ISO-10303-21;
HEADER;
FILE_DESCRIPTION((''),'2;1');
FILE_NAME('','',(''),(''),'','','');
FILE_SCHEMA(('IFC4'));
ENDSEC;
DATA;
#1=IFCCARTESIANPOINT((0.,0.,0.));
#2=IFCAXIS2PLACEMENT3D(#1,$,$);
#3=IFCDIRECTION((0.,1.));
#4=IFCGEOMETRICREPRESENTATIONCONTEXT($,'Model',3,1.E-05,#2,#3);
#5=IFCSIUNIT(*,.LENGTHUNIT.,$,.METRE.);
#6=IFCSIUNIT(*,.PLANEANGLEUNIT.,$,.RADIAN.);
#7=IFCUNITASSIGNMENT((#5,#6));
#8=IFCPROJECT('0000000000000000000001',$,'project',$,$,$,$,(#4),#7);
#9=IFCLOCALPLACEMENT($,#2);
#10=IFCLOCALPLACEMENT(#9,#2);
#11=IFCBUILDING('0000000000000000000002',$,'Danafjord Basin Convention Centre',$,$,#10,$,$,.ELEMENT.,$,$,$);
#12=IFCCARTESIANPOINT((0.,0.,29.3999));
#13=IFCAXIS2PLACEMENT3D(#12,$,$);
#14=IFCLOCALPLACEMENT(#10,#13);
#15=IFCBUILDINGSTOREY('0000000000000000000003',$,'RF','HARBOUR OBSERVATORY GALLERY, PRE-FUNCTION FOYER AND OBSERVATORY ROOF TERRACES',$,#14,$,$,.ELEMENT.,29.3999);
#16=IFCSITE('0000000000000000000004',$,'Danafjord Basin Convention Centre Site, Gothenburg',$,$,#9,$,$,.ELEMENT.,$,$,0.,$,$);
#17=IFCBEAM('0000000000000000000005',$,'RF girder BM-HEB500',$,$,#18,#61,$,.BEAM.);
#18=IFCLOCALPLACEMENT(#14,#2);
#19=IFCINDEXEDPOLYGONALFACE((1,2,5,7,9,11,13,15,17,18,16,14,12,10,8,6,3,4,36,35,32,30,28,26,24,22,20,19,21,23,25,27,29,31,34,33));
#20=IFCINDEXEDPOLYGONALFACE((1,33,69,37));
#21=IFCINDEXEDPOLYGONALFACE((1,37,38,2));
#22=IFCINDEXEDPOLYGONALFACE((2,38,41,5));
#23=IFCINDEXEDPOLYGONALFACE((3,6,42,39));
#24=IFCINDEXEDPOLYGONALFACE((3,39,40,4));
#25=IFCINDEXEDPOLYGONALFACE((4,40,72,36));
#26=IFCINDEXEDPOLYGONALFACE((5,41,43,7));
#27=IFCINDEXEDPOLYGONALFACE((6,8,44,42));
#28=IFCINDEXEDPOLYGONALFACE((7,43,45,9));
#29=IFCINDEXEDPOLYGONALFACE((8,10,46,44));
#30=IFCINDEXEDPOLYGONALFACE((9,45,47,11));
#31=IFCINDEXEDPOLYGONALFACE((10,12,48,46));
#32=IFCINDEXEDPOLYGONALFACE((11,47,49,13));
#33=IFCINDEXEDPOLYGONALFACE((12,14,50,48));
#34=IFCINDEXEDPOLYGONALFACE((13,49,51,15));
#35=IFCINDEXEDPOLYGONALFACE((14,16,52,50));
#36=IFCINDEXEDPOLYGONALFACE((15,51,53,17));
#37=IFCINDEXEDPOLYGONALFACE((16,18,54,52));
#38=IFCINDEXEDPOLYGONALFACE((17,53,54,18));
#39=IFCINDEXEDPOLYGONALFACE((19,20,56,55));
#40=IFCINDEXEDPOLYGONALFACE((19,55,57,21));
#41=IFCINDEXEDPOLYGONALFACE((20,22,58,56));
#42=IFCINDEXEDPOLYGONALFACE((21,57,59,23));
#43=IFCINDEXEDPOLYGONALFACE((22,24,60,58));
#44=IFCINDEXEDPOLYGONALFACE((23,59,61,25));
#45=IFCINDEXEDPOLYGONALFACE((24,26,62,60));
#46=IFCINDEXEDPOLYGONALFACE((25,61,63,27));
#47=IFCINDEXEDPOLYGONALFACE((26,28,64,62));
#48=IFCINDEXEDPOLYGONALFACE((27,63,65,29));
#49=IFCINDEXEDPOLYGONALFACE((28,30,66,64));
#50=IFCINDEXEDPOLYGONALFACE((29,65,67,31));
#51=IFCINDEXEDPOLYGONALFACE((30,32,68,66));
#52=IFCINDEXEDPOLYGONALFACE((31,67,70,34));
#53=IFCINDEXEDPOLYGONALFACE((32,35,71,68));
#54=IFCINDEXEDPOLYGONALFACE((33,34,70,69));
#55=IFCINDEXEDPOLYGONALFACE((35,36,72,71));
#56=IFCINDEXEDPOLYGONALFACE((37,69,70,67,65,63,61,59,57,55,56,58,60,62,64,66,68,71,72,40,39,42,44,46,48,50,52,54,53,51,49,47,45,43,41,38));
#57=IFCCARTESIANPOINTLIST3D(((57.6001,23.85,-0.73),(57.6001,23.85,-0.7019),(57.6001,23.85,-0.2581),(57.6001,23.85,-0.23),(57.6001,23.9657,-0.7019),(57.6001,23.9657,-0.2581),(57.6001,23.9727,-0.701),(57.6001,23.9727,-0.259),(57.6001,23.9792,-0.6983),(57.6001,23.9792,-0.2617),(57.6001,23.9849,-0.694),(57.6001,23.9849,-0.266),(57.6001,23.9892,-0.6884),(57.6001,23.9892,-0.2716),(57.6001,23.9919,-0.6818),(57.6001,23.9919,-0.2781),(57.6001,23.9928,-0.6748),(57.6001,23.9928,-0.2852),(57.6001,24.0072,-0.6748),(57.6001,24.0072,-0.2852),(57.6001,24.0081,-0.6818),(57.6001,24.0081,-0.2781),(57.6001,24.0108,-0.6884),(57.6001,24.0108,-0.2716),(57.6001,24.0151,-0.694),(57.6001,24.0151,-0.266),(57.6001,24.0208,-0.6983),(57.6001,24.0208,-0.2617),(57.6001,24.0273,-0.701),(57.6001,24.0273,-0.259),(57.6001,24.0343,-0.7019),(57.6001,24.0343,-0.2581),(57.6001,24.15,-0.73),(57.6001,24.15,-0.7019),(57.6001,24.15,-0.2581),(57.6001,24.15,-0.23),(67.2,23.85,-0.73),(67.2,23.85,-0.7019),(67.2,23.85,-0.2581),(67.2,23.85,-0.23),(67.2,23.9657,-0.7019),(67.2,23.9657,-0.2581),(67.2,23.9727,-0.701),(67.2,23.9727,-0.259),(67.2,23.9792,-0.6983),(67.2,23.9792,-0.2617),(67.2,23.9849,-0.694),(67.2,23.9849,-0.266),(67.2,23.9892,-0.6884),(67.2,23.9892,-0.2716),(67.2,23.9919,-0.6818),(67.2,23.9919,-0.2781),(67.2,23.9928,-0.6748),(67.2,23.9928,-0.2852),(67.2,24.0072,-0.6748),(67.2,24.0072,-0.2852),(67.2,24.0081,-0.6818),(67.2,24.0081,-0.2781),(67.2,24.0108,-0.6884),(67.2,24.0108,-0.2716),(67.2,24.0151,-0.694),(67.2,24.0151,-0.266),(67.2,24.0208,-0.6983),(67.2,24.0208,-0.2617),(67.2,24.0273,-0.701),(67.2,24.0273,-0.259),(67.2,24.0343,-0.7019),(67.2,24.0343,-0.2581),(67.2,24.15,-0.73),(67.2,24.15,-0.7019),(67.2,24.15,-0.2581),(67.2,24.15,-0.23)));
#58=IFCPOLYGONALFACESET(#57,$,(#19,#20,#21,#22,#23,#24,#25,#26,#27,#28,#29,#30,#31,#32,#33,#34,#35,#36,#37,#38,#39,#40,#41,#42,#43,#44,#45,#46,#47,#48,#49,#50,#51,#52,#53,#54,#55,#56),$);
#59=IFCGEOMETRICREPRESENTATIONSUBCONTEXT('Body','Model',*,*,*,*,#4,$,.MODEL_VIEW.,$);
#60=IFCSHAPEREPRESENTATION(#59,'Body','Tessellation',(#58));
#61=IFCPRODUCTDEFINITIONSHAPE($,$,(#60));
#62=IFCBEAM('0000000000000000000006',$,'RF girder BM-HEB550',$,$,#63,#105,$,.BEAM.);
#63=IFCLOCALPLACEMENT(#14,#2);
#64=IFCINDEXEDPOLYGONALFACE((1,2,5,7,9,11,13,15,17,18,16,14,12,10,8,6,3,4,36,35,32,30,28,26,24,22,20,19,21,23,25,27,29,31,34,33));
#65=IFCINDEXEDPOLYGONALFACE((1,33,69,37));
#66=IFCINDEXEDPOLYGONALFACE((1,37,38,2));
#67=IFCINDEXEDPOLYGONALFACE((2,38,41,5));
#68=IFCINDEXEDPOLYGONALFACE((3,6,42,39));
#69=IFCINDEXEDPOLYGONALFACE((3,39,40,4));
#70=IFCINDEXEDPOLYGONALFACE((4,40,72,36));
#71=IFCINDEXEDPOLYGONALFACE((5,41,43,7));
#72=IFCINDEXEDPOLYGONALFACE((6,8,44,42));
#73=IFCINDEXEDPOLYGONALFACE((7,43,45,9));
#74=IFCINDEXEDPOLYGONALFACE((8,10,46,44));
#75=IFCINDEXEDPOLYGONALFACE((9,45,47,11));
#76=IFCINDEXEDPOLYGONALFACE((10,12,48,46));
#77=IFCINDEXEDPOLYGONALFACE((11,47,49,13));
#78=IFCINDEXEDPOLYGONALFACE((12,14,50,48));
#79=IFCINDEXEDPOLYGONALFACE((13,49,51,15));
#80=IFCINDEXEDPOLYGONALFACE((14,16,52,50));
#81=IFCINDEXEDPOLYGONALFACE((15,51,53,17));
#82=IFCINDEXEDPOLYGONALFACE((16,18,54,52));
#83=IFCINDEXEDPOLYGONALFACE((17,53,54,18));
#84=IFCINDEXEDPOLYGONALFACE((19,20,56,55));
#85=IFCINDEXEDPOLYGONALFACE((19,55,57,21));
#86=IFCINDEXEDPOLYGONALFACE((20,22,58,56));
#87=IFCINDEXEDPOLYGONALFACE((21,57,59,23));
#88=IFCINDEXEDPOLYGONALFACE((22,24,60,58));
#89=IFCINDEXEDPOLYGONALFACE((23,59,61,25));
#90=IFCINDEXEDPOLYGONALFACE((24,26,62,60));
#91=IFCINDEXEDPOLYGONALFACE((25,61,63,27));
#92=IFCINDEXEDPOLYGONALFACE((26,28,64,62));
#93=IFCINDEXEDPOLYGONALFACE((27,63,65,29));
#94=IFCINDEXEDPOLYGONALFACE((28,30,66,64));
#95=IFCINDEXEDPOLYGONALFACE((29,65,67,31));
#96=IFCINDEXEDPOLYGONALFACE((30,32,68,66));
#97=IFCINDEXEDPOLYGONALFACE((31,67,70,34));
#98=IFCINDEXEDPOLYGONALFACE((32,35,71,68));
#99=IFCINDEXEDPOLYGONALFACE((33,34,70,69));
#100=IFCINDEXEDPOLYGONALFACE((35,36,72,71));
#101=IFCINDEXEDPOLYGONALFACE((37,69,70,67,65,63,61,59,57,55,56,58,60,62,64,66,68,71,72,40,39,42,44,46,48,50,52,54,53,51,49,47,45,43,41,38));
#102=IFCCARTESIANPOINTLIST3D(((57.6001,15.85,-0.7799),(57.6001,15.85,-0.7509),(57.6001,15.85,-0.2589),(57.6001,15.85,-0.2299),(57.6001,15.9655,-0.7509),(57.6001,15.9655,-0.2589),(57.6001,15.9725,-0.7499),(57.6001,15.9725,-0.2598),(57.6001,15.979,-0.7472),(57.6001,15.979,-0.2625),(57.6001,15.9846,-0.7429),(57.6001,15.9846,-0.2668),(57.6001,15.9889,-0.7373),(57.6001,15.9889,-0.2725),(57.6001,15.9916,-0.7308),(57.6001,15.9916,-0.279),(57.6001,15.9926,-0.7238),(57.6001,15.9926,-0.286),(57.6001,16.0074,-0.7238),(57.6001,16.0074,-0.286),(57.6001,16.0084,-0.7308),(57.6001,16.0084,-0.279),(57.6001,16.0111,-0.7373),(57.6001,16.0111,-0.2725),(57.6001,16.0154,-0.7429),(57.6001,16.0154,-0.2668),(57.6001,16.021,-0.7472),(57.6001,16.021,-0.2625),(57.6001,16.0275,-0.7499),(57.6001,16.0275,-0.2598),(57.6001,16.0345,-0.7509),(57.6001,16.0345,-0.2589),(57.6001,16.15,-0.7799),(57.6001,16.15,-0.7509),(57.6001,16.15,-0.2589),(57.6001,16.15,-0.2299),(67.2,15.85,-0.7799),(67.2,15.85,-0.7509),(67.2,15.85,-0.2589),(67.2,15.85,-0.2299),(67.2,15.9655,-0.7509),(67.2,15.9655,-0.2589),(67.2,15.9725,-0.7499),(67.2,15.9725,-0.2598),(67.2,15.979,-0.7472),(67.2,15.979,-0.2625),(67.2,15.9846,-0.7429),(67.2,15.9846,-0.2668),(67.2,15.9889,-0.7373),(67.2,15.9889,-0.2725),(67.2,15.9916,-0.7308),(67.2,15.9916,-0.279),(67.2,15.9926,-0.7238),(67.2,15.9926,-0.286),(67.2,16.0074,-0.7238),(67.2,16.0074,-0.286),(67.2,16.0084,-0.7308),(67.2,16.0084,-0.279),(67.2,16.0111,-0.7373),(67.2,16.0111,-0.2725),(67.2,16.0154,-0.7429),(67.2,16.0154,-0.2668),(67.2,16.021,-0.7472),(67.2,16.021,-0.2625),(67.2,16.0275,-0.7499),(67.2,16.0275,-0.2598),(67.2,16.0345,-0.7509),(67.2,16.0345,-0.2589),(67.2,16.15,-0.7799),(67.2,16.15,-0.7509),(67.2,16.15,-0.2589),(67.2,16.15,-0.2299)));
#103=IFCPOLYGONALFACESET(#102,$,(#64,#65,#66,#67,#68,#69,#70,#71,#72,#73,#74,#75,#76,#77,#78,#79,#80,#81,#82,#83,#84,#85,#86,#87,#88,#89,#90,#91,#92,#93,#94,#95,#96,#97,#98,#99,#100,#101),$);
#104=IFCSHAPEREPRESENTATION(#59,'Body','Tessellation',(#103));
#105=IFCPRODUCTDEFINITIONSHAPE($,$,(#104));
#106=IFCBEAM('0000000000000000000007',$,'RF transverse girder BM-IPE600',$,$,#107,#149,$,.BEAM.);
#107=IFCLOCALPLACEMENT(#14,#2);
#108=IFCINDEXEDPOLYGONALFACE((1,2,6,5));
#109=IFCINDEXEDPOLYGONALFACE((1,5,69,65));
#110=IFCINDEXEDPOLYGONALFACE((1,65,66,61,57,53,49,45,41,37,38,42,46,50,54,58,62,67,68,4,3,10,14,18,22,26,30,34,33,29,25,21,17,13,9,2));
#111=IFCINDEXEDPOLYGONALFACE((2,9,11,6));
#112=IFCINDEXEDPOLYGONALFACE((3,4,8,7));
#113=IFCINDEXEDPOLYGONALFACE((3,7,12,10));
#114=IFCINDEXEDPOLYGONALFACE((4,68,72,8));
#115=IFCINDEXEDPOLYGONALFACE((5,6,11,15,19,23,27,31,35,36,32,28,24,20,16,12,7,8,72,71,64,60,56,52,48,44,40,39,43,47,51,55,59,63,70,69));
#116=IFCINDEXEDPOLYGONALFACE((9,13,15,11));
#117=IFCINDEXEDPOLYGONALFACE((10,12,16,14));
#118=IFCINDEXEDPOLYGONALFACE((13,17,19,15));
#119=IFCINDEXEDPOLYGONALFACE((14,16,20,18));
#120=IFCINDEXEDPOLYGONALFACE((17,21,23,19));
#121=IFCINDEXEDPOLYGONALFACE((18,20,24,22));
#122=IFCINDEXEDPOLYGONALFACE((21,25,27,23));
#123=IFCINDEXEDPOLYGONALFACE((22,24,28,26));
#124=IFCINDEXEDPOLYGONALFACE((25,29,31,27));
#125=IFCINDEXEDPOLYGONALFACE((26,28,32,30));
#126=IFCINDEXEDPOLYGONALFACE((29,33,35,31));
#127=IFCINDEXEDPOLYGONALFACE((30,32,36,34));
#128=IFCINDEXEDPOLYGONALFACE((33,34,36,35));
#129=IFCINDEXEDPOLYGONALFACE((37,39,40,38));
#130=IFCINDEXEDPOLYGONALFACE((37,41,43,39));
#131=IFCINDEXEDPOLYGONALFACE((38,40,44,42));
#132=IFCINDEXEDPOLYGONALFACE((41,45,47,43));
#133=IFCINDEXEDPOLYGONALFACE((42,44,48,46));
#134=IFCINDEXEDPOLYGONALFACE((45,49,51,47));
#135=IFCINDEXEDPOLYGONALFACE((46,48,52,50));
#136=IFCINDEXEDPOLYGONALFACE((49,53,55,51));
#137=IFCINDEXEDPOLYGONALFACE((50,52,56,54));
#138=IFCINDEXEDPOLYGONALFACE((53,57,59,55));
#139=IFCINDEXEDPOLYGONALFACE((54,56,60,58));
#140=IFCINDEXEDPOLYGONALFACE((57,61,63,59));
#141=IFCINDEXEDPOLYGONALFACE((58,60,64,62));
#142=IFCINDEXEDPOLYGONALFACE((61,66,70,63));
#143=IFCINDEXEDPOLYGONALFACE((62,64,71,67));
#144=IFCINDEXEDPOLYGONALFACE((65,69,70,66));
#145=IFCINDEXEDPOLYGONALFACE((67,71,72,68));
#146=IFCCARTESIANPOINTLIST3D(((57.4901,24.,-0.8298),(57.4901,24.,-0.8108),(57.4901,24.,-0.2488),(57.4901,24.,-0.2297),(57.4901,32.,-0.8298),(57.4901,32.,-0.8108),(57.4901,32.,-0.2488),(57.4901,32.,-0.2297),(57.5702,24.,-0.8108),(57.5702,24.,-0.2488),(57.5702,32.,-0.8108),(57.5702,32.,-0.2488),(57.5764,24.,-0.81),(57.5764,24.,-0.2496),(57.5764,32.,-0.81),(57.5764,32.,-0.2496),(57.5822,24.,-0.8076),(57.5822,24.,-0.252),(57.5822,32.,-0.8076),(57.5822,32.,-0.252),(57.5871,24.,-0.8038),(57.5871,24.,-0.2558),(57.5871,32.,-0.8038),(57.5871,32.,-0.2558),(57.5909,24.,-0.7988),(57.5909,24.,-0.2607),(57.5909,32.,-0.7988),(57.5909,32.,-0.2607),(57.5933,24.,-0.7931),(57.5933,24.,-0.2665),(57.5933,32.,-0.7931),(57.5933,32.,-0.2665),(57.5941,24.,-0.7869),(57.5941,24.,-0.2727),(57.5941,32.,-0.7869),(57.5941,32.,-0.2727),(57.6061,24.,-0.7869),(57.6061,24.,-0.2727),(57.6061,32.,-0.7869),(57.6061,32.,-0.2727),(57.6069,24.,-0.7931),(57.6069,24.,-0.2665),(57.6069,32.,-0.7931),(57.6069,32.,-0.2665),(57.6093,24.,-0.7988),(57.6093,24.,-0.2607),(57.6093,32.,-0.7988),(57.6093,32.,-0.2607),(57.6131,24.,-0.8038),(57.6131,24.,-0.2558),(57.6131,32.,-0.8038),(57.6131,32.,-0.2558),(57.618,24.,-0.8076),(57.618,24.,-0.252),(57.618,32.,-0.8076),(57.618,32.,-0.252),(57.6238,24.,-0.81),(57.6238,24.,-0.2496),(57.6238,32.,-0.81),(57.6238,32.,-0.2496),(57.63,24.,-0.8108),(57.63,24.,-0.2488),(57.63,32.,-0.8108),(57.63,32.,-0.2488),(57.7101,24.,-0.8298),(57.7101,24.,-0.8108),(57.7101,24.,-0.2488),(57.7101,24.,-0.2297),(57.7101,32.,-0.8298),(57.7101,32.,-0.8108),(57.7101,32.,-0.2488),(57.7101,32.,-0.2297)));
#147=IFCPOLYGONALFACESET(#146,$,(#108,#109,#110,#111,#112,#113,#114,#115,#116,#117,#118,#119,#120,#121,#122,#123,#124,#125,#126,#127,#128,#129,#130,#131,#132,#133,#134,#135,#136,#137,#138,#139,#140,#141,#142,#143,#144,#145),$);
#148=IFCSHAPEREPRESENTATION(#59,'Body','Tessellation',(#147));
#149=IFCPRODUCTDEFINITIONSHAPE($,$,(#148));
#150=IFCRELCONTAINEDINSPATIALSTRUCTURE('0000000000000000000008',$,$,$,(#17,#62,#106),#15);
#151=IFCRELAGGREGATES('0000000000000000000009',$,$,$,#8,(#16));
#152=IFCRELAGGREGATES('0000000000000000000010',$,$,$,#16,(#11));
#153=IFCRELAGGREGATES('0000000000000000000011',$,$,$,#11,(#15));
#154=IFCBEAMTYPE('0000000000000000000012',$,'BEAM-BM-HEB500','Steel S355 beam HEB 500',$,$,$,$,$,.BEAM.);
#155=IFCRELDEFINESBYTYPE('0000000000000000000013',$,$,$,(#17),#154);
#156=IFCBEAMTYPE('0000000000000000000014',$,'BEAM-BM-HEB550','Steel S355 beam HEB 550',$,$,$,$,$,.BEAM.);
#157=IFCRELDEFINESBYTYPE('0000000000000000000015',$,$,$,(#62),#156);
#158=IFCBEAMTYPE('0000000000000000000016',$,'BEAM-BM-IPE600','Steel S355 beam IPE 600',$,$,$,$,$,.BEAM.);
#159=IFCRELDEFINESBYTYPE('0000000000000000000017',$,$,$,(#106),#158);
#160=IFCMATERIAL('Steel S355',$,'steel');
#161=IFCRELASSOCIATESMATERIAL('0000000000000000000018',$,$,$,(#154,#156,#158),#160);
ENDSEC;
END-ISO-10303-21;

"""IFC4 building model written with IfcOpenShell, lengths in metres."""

from ifc_helpers import new_model, si_unit, direction, frame, origin, origin_2d, place, context, subcontext, project, spatial, i_section, extrude, material, material_profile, profile_set, type_object, element, save


model = new_model("IFC4")

# Units and contexts
model_context = context("Model", 3, precision=1e-05, world=origin(), true_north=direction((0.0, 1.0)))
body_context = subcontext(model_context, "Body", "Model", "MODEL_VIEW")
ifc_project = project(units=[si_unit("LENGTHUNIT", "METRE"), si_unit("PLANEANGLEUNIT", "RADIAN")], contexts=[model_context])

# Site, building, storey
site_placement = place(None, origin())
site = spatial("IfcSite", under=ifc_project, at=site_placement, Name="Danafjord Basin Convention Centre Site, Gothenburg", CompositionType="ELEMENT", RefElevation=0.0)
building_placement = place(site_placement, origin())
building = spatial("IfcBuilding", under=site, at=building_placement, Name="Danafjord Basin Convention Centre", CompositionType="ELEMENT")
storey_placement = place(building_placement, frame((0.0, 0.0, 29.3999)))
storey = spatial("IfcBuildingStorey", under=building, at=storey_placement, Name="RF", Description="HARBOUR OBSERVATORY GALLERY, PRE-FUNCTION FOYER AND OBSERVATORY ROOF TERRACES", CompositionType="ELEMENT", Elevation=29.3999)

# Shared definitions
ifc_material_1 = material(Name="Steel S355", Category="steel")

# Beams
ifc_material_profile_1 = material_profile(ifc_material_1, i_section(OverallWidth=0.3, OverallDepth=0.5, WebThickness=0.0144, FlangeThickness=0.0281, FilletRadius=0.0271, at=origin_2d()), Name="HEB 500")
ifc_profile_set_1 = profile_set([ifc_material_profile_1], Name="Steel S355")
beam_type_1 = type_object("IfcBeamType", Name="BEAM-BM-HEB500", Description="Steel S355 beam HEB 500", PredefinedType="BEAM", material=ifc_profile_set_1)
beam_1_placement = place(storey_placement, frame((57.6001, 24.0, -0.48), z_axis=(1.0, 0.0, 0.0), x_axis=(0.0, 1.0, 0.0)))
element("IfcBeam", 1, at=beam_1_placement, inside=storey, type_object=beam_type_1, Name="RF girder BM-HEB500", PredefinedType="BEAM", context=body_context, shape_type="SweptSolid", body=[
    extrude(i_section(OverallWidth=0.3, OverallDepth=0.5, WebThickness=0.0144, FlangeThickness=0.0281, FilletRadius=0.0271, at=origin_2d()), origin(), (0.0, 0.0, 1.0), 9.5999),
])
ifc_material_profile_2 = material_profile(ifc_material_1, i_section(OverallWidth=0.3, OverallDepth=0.55, WebThickness=0.0149, FlangeThickness=0.0291, FilletRadius=0.0271, at=origin_2d()), Name="HEB 550")
ifc_profile_set_2 = profile_set([ifc_material_profile_2], Name="Steel S355")
beam_type_2 = type_object("IfcBeamType", Name="BEAM-BM-HEB550", Description="Steel S355 beam HEB 550", PredefinedType="BEAM", material=ifc_profile_set_2)
beam_2_placement = place(storey_placement, frame((57.6001, 16.0, -0.5049), z_axis=(1.0, 0.0, 0.0), x_axis=(0.0, 1.0, 0.0)))
element("IfcBeam", 2, at=beam_2_placement, inside=storey, type_object=beam_type_2, Name="RF girder BM-HEB550", PredefinedType="BEAM", context=body_context, shape_type="SweptSolid", body=[
    extrude(i_section(OverallWidth=0.3, OverallDepth=0.55, WebThickness=0.0149, FlangeThickness=0.0291, FilletRadius=0.0271, at=origin_2d()), origin(), (0.0, 0.0, 1.0), 9.5999),
])
ifc_material_profile_3 = material_profile(ifc_material_1, i_section(OverallWidth=0.22, OverallDepth=0.6001, WebThickness=0.012, FlangeThickness=0.019, FilletRadius=0.0239, at=origin_2d()), Name="IPE 600")
ifc_profile_set_3 = profile_set([ifc_material_profile_3], Name="Steel S355")
beam_type_3 = type_object("IfcBeamType", Name="BEAM-BM-IPE600", Description="Steel S355 beam IPE 600", PredefinedType="BEAM", material=ifc_profile_set_3)
beam_3_placement = place(storey_placement, frame((57.6001, 24.0, -0.5298), z_axis=(0.0, 1.0, 0.0), x_axis=(-1.0, 0.0, 0.0)))
element("IfcBeam", 3, at=beam_3_placement, inside=storey, type_object=beam_type_3, Name="RF transverse girder BM-IPE600", PredefinedType="BEAM", context=body_context, shape_type="SweptSolid", body=[
    extrude(i_section(OverallWidth=0.22, OverallDepth=0.6001, WebThickness=0.012, FlangeThickness=0.019, FilletRadius=0.0239, at=origin_2d()), origin(), (0.0, 0.0, 1.0), 8.0),
])

save(model, "model.ifc")
